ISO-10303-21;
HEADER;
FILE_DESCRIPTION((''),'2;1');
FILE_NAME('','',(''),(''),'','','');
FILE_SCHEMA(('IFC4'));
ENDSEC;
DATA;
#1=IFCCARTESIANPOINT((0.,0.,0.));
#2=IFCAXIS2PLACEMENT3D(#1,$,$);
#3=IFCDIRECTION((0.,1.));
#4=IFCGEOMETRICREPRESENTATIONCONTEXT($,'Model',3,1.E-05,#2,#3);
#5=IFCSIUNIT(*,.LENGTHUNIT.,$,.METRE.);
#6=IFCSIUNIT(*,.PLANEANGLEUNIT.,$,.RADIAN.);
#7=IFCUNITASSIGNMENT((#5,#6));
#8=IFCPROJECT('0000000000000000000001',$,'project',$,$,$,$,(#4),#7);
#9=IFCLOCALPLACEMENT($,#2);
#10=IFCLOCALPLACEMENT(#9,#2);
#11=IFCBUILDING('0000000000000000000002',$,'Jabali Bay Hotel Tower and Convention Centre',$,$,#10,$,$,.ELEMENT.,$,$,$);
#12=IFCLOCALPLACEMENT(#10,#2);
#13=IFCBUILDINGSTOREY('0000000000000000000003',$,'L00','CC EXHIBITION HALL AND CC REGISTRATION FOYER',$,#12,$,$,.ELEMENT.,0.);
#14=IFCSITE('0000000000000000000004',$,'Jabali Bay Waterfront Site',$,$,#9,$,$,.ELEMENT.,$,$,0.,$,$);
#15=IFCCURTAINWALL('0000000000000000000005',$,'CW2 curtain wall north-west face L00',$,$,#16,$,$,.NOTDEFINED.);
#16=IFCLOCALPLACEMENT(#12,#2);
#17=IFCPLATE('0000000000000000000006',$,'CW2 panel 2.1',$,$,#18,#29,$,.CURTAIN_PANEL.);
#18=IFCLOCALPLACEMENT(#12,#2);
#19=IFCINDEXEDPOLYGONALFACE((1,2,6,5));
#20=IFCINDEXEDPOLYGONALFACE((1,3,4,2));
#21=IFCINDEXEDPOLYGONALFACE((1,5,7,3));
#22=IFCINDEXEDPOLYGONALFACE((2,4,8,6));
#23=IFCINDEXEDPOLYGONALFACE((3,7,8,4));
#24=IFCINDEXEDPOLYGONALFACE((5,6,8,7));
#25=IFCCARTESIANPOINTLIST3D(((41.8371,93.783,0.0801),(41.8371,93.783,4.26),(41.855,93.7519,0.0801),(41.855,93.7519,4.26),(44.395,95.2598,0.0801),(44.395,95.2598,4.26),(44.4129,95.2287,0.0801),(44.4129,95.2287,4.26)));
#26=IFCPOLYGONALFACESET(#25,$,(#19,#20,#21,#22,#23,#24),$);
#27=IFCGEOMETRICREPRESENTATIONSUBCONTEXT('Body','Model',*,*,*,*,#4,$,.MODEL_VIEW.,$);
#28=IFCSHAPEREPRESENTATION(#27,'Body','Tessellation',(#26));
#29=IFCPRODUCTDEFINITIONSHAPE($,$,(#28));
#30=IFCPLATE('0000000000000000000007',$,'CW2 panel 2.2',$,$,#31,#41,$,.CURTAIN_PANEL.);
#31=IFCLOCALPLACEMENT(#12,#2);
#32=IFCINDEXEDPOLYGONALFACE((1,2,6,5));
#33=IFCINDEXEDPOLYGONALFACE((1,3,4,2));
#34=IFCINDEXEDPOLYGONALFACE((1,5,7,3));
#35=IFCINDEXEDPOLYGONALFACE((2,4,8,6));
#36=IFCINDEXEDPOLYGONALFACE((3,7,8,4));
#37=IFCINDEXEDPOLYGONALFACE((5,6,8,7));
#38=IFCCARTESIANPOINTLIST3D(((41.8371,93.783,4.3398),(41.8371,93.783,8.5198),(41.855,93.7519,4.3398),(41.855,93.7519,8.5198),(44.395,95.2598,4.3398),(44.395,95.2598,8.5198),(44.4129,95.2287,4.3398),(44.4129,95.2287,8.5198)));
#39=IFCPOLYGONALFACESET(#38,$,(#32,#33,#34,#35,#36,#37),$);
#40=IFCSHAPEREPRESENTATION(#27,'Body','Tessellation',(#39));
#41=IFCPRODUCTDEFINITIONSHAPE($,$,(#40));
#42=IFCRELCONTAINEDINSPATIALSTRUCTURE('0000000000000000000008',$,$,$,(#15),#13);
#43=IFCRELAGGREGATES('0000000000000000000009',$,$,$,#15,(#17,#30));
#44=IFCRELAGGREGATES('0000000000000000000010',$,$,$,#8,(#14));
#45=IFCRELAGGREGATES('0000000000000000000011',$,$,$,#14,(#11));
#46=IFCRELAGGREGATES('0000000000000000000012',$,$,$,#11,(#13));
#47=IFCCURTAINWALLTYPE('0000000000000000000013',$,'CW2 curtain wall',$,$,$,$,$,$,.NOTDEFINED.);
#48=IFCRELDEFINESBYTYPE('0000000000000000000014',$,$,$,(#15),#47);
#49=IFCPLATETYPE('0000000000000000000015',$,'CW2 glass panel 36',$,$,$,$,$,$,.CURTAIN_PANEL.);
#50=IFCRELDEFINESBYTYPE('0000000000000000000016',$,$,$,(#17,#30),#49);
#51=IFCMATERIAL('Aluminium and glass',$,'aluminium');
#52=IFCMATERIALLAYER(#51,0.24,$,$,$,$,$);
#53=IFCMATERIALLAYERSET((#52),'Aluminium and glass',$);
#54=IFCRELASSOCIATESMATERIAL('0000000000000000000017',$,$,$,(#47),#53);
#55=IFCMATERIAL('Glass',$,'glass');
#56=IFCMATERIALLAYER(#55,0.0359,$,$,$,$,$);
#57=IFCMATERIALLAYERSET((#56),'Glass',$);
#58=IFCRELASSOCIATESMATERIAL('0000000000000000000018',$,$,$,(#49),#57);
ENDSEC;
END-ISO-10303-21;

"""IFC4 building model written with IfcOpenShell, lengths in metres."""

from ifc_helpers import new_model, si_unit, direction, frame, origin, origin_2d, place, context, subcontext, project, spatial, rectangle, extrude, material, layer, layer_set, type_object, element, aggregate, save


model = new_model("IFC4")

# Units and contexts
model_context = context("Model", 3, precision=1e-05, world=origin(), true_north=direction((0.0, 1.0)))
body_context = subcontext(model_context, "Body", "Model", "MODEL_VIEW")
ifc_project = project(units=[si_unit("LENGTHUNIT", "METRE"), si_unit("PLANEANGLEUNIT", "RADIAN")], contexts=[model_context])

# Site, building, storey
site_placement = place(None, origin())
site = spatial("IfcSite", under=ifc_project, at=site_placement, Name="Jabali Bay Waterfront Site", CompositionType="ELEMENT", RefElevation=0.0)
building_placement = place(site_placement, origin())
building = spatial("IfcBuilding", under=site, at=building_placement, Name="Jabali Bay Hotel Tower and Convention Centre", CompositionType="ELEMENT")
storey_placement = place(building_placement, origin())
storey = spatial("IfcBuildingStorey", under=building, at=storey_placement, Name="L00", Description="CC EXHIBITION HALL AND CC REGISTRATION FOYER", CompositionType="ELEMENT", Elevation=0.0)

# Shared definitions
ifc_material_1 = material(Name="Aluminium and glass", Category="aluminium")
ifc_layer_1 = layer(ifc_material_1, 0.24)
ifc_layer_set_1 = layer_set([ifc_layer_1], Name="Aluminium and glass")
curtain_wall_type = type_object("IfcCurtainWallType", Name="CW2 curtain wall", PredefinedType="NOTDEFINED", material=ifc_layer_set_1)

# Curtain wall
curtain_wall_1_placement = place(storey_placement, origin())
curtain_wall_1 = element("IfcCurtainWall", 1, at=curtain_wall_1_placement, inside=storey, type_object=curtain_wall_type, Name="CW2 curtain wall north-west face L00", PredefinedType="NOTDEFINED")

# Plates
ifc_material_2 = material(Name="Glass", Category="glass")
ifc_layer_2 = layer(ifc_material_2, 0.0359)
ifc_layer_set_2 = layer_set([ifc_layer_2], Name="Glass")
plate_type = type_object("IfcPlateType", Name="CW2 glass panel 36", PredefinedType="CURTAIN_PANEL", material=ifc_layer_set_2)
plate_1_placement = place(storey_placement, frame((43.125, 94.5059, 0.0801), z_axis=(0.0, 0.0, 1.0), x_axis=(0.866025, 0.5, 0.0)))
plate_1 = element("IfcPlate", 2, at=plate_1_placement, type_object=plate_type, Name="CW2 panel 2.1", PredefinedType="CURTAIN_PANEL", context=body_context, shape_type="SweptSolid", body=[
    extrude(rectangle(XDim=2.9536, YDim=0.0359, at=origin_2d()), origin(), (0.0, 0.0, 1.0), 4.1799),
])
plate_2_placement = place(storey_placement, frame((43.125, 94.5059, 4.3398), z_axis=(0.0, 0.0, 1.0), x_axis=(0.866025, 0.5, 0.0)))
plate_2 = element("IfcPlate", 3, at=plate_2_placement, type_object=plate_type, Name="CW2 panel 2.2", PredefinedType="CURTAIN_PANEL", context=body_context, shape_type="SweptSolid", body=[
    extrude(rectangle(XDim=2.9536, YDim=0.0359, at=origin_2d()), origin(), (0.0, 0.0, 1.0), 4.1799),
])
aggregate(curtain_wall_1, [plate_1, plate_2])

save(model, "model.ifc")
